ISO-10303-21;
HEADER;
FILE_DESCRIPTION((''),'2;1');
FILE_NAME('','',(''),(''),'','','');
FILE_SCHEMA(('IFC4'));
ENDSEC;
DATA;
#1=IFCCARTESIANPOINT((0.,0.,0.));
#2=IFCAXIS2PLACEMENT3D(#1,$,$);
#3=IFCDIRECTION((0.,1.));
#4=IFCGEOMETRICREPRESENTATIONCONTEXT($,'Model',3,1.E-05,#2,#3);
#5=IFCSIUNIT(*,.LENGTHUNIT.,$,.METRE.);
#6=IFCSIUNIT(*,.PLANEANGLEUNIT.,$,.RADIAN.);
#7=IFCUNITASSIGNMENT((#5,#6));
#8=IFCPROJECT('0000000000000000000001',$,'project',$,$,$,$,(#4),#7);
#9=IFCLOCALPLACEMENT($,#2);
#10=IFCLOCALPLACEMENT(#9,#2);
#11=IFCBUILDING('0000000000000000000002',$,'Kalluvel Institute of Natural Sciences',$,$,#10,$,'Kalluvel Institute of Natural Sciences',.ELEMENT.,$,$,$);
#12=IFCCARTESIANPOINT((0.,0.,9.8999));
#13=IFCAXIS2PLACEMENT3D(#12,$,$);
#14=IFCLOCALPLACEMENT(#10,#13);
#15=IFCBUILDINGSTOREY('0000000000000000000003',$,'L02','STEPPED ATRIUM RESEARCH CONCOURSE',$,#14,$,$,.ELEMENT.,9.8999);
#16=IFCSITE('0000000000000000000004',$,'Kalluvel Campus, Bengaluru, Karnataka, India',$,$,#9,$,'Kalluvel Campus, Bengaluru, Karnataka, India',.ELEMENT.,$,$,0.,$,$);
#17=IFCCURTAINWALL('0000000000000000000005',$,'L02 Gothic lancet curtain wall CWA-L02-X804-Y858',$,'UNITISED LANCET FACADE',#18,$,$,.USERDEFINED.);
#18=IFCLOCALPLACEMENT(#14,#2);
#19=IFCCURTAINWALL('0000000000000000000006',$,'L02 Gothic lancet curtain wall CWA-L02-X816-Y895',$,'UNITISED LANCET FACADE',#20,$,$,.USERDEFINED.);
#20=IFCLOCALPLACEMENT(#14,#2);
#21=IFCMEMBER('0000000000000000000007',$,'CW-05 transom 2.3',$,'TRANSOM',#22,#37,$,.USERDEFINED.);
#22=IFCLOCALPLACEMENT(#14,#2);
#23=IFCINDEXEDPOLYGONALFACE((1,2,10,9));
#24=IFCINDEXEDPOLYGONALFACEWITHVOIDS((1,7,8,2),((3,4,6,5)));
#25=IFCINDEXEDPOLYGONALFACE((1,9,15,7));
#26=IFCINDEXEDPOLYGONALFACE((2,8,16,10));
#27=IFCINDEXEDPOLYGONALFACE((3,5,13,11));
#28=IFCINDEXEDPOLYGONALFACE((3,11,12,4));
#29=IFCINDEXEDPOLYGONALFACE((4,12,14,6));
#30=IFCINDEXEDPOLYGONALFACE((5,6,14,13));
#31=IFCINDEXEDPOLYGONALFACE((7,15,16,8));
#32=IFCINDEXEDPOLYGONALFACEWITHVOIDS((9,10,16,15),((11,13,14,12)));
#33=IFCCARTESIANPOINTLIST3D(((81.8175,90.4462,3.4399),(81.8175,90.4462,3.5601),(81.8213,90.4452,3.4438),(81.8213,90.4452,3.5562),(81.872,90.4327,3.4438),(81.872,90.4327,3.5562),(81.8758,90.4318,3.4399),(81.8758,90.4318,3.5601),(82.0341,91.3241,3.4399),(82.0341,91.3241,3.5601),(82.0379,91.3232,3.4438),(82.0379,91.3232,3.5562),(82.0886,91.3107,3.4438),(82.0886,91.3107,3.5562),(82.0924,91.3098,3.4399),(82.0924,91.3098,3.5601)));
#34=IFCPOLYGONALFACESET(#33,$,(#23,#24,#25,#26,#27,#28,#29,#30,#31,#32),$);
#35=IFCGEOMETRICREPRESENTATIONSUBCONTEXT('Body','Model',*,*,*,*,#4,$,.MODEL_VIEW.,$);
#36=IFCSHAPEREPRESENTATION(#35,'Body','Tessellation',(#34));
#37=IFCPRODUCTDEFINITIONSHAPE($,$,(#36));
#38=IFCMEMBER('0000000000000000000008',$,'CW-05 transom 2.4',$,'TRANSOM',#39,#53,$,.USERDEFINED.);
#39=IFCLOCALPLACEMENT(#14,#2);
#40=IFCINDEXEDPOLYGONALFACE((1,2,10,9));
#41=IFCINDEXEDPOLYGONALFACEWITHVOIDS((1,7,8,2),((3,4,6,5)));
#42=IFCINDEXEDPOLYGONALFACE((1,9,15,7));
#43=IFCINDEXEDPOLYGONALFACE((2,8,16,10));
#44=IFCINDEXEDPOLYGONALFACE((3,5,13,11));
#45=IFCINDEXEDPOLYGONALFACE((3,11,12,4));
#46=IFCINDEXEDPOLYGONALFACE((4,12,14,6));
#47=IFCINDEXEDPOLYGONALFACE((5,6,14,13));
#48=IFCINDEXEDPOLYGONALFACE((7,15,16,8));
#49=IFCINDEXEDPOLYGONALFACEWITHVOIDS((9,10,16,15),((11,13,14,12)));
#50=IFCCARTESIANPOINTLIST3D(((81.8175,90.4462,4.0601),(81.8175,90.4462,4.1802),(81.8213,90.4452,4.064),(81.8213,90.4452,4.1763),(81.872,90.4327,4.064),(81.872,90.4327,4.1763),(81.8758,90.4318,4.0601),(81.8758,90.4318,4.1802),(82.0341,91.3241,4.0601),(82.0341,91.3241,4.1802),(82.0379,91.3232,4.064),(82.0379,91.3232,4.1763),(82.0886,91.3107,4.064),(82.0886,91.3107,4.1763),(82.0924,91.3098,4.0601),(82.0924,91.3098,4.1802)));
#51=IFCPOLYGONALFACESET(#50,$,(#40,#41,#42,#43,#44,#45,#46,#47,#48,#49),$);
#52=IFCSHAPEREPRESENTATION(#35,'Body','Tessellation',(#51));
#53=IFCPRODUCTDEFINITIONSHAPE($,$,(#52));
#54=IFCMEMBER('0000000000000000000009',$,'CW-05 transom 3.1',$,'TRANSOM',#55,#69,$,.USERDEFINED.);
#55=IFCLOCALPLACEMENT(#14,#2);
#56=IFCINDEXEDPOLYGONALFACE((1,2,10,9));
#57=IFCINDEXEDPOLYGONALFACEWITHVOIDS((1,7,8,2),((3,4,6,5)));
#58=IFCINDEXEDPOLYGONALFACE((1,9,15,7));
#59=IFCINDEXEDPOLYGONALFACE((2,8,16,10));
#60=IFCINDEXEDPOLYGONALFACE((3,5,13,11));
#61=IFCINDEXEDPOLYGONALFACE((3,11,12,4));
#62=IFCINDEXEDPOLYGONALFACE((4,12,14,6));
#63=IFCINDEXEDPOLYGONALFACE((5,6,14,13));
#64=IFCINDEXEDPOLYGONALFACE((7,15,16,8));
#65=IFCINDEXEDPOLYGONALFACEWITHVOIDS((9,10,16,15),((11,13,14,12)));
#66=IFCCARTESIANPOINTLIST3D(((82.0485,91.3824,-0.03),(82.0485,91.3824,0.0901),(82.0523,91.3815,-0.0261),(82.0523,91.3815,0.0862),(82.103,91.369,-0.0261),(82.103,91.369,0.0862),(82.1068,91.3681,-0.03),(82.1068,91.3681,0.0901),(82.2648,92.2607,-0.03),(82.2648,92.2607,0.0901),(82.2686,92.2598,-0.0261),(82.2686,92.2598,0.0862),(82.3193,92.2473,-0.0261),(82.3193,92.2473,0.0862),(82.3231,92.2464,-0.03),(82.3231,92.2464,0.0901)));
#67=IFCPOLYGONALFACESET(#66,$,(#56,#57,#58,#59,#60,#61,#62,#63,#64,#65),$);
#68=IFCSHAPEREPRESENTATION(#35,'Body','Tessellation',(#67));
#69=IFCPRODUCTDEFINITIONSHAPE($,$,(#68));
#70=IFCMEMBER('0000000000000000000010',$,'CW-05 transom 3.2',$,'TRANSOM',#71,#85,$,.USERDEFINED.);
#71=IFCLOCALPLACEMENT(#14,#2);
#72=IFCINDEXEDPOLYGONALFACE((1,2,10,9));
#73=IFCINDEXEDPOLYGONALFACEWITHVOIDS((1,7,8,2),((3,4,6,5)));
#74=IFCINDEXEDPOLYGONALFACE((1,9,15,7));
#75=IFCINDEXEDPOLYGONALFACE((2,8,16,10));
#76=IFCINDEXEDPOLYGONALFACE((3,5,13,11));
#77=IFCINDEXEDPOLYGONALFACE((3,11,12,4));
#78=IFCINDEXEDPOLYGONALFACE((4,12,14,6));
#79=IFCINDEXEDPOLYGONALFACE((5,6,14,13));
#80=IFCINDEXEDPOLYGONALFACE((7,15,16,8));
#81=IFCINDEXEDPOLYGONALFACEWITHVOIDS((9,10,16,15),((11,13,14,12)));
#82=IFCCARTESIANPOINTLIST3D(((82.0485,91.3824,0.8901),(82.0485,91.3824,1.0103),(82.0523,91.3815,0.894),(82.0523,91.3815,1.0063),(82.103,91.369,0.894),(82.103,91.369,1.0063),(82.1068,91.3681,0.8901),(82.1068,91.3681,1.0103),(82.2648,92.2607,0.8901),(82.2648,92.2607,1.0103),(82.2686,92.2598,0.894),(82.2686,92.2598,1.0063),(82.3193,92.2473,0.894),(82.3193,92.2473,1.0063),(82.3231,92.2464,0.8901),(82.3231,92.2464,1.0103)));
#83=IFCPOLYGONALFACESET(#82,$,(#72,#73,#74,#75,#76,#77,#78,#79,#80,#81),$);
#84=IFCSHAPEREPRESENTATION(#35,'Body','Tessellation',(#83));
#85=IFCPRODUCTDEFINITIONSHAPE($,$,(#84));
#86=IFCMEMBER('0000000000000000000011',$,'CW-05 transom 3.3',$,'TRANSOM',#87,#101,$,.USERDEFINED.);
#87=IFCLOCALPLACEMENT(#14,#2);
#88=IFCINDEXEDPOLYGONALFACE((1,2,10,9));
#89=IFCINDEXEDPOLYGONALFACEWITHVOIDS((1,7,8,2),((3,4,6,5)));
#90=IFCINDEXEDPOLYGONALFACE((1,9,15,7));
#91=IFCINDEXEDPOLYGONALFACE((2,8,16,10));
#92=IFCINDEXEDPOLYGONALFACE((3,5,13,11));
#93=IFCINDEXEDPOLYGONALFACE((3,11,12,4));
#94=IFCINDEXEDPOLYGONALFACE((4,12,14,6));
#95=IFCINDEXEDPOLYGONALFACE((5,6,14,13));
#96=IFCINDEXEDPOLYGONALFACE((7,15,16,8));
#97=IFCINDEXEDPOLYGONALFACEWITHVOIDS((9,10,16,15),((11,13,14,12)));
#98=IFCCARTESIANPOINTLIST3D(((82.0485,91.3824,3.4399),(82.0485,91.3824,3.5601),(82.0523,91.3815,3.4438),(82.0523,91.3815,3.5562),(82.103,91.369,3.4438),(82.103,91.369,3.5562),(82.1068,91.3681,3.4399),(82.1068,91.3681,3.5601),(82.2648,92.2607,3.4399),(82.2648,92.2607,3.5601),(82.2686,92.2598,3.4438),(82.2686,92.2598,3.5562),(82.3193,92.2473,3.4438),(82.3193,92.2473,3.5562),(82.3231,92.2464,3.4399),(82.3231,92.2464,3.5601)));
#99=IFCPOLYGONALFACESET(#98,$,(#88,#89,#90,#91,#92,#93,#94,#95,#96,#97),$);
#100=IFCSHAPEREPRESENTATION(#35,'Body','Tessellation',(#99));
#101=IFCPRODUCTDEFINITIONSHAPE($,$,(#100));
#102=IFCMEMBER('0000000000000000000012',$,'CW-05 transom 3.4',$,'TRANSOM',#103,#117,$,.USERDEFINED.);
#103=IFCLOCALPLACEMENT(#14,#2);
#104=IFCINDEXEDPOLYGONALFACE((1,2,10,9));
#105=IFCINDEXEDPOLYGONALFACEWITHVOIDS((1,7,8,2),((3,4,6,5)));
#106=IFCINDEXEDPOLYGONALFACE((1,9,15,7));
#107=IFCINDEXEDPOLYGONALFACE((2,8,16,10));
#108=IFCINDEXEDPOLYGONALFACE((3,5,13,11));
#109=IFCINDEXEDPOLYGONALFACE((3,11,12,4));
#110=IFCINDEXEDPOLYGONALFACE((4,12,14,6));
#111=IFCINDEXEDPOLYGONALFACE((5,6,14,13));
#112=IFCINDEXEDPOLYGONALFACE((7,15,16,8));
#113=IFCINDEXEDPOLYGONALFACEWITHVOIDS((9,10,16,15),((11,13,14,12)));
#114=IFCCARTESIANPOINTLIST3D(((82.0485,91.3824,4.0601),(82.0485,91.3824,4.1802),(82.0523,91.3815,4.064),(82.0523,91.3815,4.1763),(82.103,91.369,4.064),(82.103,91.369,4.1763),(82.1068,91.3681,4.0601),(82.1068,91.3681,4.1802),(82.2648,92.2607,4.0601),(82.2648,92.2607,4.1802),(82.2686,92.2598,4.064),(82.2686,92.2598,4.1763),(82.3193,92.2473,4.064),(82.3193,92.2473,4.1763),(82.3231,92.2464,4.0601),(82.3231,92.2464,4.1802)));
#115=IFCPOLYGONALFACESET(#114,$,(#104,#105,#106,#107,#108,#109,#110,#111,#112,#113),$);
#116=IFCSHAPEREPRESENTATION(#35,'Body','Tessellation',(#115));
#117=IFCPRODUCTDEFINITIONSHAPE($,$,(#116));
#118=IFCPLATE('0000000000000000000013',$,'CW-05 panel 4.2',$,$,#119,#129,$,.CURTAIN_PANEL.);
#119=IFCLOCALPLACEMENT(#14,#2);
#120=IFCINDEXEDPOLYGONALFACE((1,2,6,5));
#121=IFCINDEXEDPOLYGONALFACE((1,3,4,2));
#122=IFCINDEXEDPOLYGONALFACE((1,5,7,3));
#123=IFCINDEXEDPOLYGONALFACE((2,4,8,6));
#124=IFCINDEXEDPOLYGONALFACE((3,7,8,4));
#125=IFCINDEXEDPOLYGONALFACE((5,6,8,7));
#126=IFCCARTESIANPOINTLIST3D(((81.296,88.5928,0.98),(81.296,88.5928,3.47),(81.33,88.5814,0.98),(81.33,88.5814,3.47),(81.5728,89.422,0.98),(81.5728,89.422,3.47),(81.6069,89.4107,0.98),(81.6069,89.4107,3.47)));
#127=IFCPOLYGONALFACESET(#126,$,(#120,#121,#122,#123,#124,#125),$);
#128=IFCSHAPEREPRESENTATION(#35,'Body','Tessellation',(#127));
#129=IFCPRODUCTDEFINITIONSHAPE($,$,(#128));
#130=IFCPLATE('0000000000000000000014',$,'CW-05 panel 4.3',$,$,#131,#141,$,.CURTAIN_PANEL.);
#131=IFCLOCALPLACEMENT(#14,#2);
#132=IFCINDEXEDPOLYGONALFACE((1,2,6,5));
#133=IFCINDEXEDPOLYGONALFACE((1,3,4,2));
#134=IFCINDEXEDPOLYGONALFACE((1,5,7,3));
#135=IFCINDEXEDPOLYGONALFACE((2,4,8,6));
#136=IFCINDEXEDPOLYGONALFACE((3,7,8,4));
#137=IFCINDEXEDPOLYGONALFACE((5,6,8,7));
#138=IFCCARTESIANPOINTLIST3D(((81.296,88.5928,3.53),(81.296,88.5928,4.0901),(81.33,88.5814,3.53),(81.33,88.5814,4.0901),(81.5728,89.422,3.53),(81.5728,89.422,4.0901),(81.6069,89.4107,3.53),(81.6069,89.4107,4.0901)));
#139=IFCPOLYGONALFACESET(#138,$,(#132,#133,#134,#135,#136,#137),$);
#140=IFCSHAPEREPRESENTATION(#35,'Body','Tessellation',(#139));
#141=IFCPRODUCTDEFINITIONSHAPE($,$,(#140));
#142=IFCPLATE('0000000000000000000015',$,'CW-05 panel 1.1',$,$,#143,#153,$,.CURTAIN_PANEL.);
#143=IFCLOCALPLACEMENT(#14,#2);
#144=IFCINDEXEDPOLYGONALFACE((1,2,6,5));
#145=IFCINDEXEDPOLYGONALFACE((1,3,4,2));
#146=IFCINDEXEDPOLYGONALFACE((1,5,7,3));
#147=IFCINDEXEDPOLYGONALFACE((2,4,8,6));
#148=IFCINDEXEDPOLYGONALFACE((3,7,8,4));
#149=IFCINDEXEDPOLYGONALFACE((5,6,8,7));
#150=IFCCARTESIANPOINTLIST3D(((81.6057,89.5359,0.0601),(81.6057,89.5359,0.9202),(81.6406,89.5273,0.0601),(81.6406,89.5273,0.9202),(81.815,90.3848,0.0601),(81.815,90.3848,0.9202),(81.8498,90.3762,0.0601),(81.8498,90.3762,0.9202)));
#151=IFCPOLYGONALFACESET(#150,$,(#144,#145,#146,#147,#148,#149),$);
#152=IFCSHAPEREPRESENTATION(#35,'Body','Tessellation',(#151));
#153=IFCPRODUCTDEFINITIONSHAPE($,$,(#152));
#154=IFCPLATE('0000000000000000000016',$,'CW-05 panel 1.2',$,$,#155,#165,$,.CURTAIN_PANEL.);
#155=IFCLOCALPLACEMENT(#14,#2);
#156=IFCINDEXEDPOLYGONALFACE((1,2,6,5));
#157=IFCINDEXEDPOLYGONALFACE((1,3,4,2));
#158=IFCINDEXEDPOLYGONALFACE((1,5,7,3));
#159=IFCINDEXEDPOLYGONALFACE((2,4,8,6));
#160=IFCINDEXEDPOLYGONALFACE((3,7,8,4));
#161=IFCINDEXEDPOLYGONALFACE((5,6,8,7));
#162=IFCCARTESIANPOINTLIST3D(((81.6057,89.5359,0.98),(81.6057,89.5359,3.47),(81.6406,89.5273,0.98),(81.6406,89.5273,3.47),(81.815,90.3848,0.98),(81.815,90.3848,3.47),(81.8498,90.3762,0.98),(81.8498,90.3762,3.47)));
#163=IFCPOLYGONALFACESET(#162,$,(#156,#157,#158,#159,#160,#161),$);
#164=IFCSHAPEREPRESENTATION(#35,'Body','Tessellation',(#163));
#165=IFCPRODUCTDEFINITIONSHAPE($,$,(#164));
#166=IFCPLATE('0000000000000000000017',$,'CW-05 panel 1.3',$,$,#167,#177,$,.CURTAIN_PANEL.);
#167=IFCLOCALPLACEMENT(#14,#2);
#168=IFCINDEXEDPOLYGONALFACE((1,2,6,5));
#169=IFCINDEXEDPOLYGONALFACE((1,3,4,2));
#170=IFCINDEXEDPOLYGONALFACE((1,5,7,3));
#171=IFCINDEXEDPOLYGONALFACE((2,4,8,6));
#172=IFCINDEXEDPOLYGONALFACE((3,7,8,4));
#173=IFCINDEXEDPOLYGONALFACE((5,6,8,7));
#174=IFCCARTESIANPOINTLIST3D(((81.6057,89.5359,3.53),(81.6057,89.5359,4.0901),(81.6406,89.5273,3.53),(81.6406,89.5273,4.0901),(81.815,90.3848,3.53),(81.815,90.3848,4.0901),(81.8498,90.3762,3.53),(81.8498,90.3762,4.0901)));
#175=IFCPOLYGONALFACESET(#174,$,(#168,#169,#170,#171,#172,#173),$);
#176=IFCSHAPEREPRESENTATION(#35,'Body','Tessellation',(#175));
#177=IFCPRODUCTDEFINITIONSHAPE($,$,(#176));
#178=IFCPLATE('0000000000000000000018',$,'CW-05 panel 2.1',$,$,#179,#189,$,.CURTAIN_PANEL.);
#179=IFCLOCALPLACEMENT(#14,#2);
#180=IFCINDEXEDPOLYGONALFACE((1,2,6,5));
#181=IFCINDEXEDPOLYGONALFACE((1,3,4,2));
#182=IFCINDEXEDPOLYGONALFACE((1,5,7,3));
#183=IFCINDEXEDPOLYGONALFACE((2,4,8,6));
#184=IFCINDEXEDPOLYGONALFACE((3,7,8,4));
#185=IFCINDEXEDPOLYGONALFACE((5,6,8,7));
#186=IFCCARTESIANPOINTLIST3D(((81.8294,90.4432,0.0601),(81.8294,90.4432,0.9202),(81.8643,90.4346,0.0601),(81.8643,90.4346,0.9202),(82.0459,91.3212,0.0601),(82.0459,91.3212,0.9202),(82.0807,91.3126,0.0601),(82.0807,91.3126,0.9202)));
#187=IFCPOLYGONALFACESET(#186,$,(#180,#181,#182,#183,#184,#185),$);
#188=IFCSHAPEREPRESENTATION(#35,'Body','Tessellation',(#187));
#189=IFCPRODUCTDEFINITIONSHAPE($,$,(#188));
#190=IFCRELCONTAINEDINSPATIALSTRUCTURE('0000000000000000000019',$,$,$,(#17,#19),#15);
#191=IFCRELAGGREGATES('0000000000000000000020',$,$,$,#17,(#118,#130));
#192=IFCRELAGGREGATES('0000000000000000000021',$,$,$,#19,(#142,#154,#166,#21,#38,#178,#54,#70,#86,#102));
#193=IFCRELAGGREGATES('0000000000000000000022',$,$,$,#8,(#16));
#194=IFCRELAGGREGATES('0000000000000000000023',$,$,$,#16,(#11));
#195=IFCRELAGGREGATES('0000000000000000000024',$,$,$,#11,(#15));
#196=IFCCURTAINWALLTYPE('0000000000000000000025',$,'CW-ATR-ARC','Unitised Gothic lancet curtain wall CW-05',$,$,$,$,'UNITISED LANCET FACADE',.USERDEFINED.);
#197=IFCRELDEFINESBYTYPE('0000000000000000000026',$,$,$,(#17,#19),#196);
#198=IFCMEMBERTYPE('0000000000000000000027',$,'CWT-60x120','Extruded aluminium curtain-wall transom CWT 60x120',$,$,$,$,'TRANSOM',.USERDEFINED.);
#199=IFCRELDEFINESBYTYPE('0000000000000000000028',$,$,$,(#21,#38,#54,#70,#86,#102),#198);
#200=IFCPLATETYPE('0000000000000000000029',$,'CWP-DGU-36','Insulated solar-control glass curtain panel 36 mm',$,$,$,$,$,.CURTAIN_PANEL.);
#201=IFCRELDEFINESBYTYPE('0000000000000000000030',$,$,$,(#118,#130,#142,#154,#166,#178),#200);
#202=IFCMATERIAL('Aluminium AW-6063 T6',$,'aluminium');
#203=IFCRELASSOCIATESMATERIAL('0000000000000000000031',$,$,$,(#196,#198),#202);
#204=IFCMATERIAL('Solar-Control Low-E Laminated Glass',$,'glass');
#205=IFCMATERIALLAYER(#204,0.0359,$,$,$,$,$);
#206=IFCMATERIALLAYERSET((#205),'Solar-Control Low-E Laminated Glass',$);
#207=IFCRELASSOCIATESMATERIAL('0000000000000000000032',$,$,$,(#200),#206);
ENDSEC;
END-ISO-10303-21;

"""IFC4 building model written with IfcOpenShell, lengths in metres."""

from ifc_helpers import new_model, si_unit, direction, frame, origin, origin_2d, place, context, subcontext, project, spatial, rectangle, hollow_rectangle, extrude, material, layer, layer_set, material_profile, profile_set, type_object, element, aggregate, save


model = new_model("IFC4")

# Units and contexts
model_context = context("Model", 3, precision=1e-05, world=origin(), true_north=direction((0.0, 1.0)))
body_context = subcontext(model_context, "Body", "Model", "MODEL_VIEW")
ifc_project = project(units=[si_unit("LENGTHUNIT", "METRE"), si_unit("PLANEANGLEUNIT", "RADIAN")], contexts=[model_context])

# Site, building, storey
site_placement = place(None, origin())
site = spatial("IfcSite", under=ifc_project, at=site_placement, Name="Kalluvel Campus, Bengaluru, Karnataka, India", LongName="Kalluvel Campus, Bengaluru, Karnataka, India", CompositionType="ELEMENT", RefElevation=0.0)
building_placement = place(site_placement, origin())
building = spatial("IfcBuilding", under=site, at=building_placement, Name="Kalluvel Institute of Natural Sciences", LongName="Kalluvel Institute of Natural Sciences", CompositionType="ELEMENT")
storey_placement = place(building_placement, frame((0.0, 0.0, 9.8999)))
storey = spatial("IfcBuildingStorey", under=building, at=storey_placement, Name="L02", Description="STEPPED ATRIUM RESEARCH CONCOURSE", CompositionType="ELEMENT", Elevation=9.8999)

# Curtain wall
ifc_material_1 = material(Name="Aluminium AW-6063 T6", Category="aluminium")
curtain_wall_type = type_object("IfcCurtainWallType", Name="CW-ATR-ARC", Description="Unitised Gothic lancet curtain wall CW-05", ElementType="UNITISED LANCET FACADE", PredefinedType="USERDEFINED", material=ifc_material_1)
curtain_wall_1_placement = place(storey_placement, origin())
curtain_wall_1 = element("IfcCurtainWall", 1, at=curtain_wall_1_placement, inside=storey, type_object=curtain_wall_type, Name="L02 Gothic lancet curtain wall CWA-L02-X804-Y858", ObjectType="UNITISED LANCET FACADE", PredefinedType="USERDEFINED")

# Curtain wall, members
curtain_wall_2_placement = place(storey_placement, origin())
curtain_wall_2 = element("IfcCurtainWall", 2, at=curtain_wall_2_placement, inside=storey, type_object=curtain_wall_type, Name="L02 Gothic lancet curtain wall CWA-L02-X816-Y895", ObjectType="UNITISED LANCET FACADE", PredefinedType="USERDEFINED")
ifc_material_profile_1 = material_profile(ifc_material_1, hollow_rectangle(XDim=0.0601, YDim=0.1201, WallThickness=0.0039, at=origin_2d()), Name="CWT 60x120")
ifc_profile_set_1 = profile_set([ifc_material_profile_1], Name="Aluminium AW-6063 T6")
member_type_1 = type_object("IfcMemberType", Name="CWT-60x120", Description="Extruded aluminium curtain-wall transom CWT 60x120", ElementType="TRANSOM", PredefinedType="USERDEFINED", material=ifc_profile_set_1)
member_1_placement = place(storey_placement, frame((81.8467, 90.439, 3.5), z_axis=(0.239485, 0.9709, 0.0), x_axis=(-0.9709, 0.239485, 0.0)))
member_1 = element("IfcMember", 3, at=member_1_placement, type_object=member_type_1, Name="CW-05 transom 2.3", ObjectType="TRANSOM", PredefinedType="USERDEFINED", context=body_context, shape_type="SweptSolid", body=[
    extrude(hollow_rectangle(XDim=0.0601, YDim=0.1201, WallThickness=0.0039, at=origin_2d()), origin(), (0.0, 0.0, 1.0), 0.9043),
])
member_2_placement = place(storey_placement, frame((81.8467, 90.439, 4.1201), z_axis=(0.239485, 0.9709, 0.0), x_axis=(-0.9709, 0.239485, 0.0)))
member_2 = element("IfcMember", 4, at=member_2_placement, type_object=member_type_1, Name="CW-05 transom 2.4", ObjectType="TRANSOM", PredefinedType="USERDEFINED", context=body_context, shape_type="SweptSolid", body=[
    extrude(hollow_rectangle(XDim=0.0601, YDim=0.1201, WallThickness=0.0039, at=origin_2d()), origin(), (0.0, 0.0, 1.0), 0.9043),
])
member_3_placement = place(storey_placement, frame((82.0776, 91.3752, 0.03), z_axis=(0.239168, 0.970978, 0.0), x_axis=(-0.970978, 0.239168, 0.0)))
member_3 = element("IfcMember", 5, at=member_3_placement, type_object=member_type_1, Name="CW-05 transom 3.1", ObjectType="TRANSOM", PredefinedType="USERDEFINED", context=body_context, shape_type="SweptSolid", body=[
    extrude(hollow_rectangle(XDim=0.0601, YDim=0.1201, WallThickness=0.0039, at=origin_2d()), origin(), (0.0, 0.0, 1.0), 0.9045),
])
member_4_placement = place(storey_placement, frame((82.0776, 91.3752, 0.9502), z_axis=(0.239168, 0.970978, 0.0), x_axis=(-0.970978, 0.239168, 0.0)))
member_4 = element("IfcMember", 6, at=member_4_placement, type_object=member_type_1, Name="CW-05 transom 3.2", ObjectType="TRANSOM", PredefinedType="USERDEFINED", context=body_context, shape_type="SweptSolid", body=[
    extrude(hollow_rectangle(XDim=0.0601, YDim=0.1201, WallThickness=0.0039, at=origin_2d()), origin(), (0.0, 0.0, 1.0), 0.9045),
])
member_5_placement = place(storey_placement, frame((82.0776, 91.3752, 3.5), z_axis=(0.239168, 0.970978, 0.0), x_axis=(-0.970978, 0.239168, 0.0)))
member_5 = element("IfcMember", 7, at=member_5_placement, type_object=member_type_1, Name="CW-05 transom 3.3", ObjectType="TRANSOM", PredefinedType="USERDEFINED", context=body_context, shape_type="SweptSolid", body=[
    extrude(hollow_rectangle(XDim=0.0601, YDim=0.1201, WallThickness=0.0039, at=origin_2d()), origin(), (0.0, 0.0, 1.0), 0.9045),
])
member_6_placement = place(storey_placement, frame((82.0776, 91.3752, 4.1201), z_axis=(0.239168, 0.970978, 0.0), x_axis=(-0.970978, 0.239168, 0.0)))
member_6 = element("IfcMember", 8, at=member_6_placement, type_object=member_type_1, Name="CW-05 transom 3.4", ObjectType="TRANSOM", PredefinedType="USERDEFINED", context=body_context, shape_type="SweptSolid", body=[
    extrude(hollow_rectangle(XDim=0.0601, YDim=0.1201, WallThickness=0.0039, at=origin_2d()), origin(), (0.0, 0.0, 1.0), 0.9045),
])

# Plates
ifc_material_2 = material(Name="Solar-Control Low-E Laminated Glass", Category="glass")
ifc_layer = layer(ifc_material_2, 0.0359)
ifc_layer_set = layer_set([ifc_layer], Name="Solar-Control Low-E Laminated Glass")
plate_type = type_object("IfcPlateType", Name="CWP-DGU-36", Description="Insulated solar-control glass curtain panel 36 mm", PredefinedType="CURTAIN_PANEL", material=ifc_layer_set)
plate_1_placement = place(storey_placement, frame((81.4514, 89.0017, 0.98), z_axis=(0.0, 0.0, 1.0), x_axis=(0.316655, 0.948541, 0.0)))
plate_1 = element("IfcPlate", 9, at=plate_1_placement, type_object=plate_type, Name="CW-05 panel 4.2", PredefinedType="CURTAIN_PANEL", context=body_context, shape_type="SweptSolid", body=[
    extrude(rectangle(XDim=0.8743, YDim=0.0359, at=origin_2d()), origin(), (0.0, 0.0, 1.0), 2.49),
])
plate_2_placement = place(storey_placement, frame((81.4514, 89.0017, 3.53), z_axis=(0.0, 0.0, 1.0), x_axis=(0.316655, 0.948541, 0.0)))
plate_2 = element("IfcPlate", 10, at=plate_2_placement, type_object=plate_type, Name="CW-05 panel 4.3", PredefinedType="CURTAIN_PANEL", context=body_context, shape_type="SweptSolid", body=[
    extrude(rectangle(XDim=0.8743, YDim=0.0359, at=origin_2d()), origin(), (0.0, 0.0, 1.0), 0.5601),
])
aggregate(curtain_wall_1, [plate_1, plate_2])
plate_3_placement = place(storey_placement, frame((81.7278, 89.9561, 0.0601), z_axis=(0.0, 0.0, 1.0), x_axis=(0.239326, 0.970939, 0.0)))
plate_3 = element("IfcPlate", 11, at=plate_3_placement, type_object=plate_type, Name="CW-05 panel 1.1", PredefinedType="CURTAIN_PANEL", context=body_context, shape_type="SweptSolid", body=[
    extrude(rectangle(XDim=0.8743, YDim=0.0359, at=origin_2d()), origin(), (0.0, 0.0, 1.0), 0.8601),
])
plate_4_placement = place(storey_placement, frame((81.7278, 89.9561, 0.98), z_axis=(0.0, 0.0, 1.0), x_axis=(0.239326, 0.970939, 0.0)))
plate_4 = element("IfcPlate", 12, at=plate_4_placement, type_object=plate_type, Name="CW-05 panel 1.2", PredefinedType="CURTAIN_PANEL", context=body_context, shape_type="SweptSolid", body=[
    extrude(rectangle(XDim=0.8743, YDim=0.0359, at=origin_2d()), origin(), (0.0, 0.0, 1.0), 2.49),
])
plate_5_placement = place(storey_placement, frame((81.7278, 89.9561, 3.53), z_axis=(0.0, 0.0, 1.0), x_axis=(0.239326, 0.970939, 0.0)))
plate_5 = element("IfcPlate", 13, at=plate_5_placement, type_object=plate_type, Name="CW-05 panel 1.3", PredefinedType="CURTAIN_PANEL", context=body_context, shape_type="SweptSolid", body=[
    extrude(rectangle(XDim=0.8743, YDim=0.0359, at=origin_2d()), origin(), (0.0, 0.0, 1.0), 0.5601),
])
plate_6_placement = place(storey_placement, frame((81.9551, 90.8779, 0.0601), z_axis=(0.0, 0.0, 1.0), x_axis=(0.239326, 0.970939, 0.0)))
plate_6 = element("IfcPlate", 14, at=plate_6_placement, type_object=plate_type, Name="CW-05 panel 2.1", PredefinedType="CURTAIN_PANEL", context=body_context, shape_type="SweptSolid", body=[
    extrude(rectangle(XDim=0.9043, YDim=0.0359, at=origin_2d()), origin(), (0.0, 0.0, 1.0), 0.8601),
])
aggregate(curtain_wall_2, [plate_3, plate_4, plate_5, member_1, member_2, plate_6, member_3, member_4, member_5, member_6])

save(model, "model.ifc")
